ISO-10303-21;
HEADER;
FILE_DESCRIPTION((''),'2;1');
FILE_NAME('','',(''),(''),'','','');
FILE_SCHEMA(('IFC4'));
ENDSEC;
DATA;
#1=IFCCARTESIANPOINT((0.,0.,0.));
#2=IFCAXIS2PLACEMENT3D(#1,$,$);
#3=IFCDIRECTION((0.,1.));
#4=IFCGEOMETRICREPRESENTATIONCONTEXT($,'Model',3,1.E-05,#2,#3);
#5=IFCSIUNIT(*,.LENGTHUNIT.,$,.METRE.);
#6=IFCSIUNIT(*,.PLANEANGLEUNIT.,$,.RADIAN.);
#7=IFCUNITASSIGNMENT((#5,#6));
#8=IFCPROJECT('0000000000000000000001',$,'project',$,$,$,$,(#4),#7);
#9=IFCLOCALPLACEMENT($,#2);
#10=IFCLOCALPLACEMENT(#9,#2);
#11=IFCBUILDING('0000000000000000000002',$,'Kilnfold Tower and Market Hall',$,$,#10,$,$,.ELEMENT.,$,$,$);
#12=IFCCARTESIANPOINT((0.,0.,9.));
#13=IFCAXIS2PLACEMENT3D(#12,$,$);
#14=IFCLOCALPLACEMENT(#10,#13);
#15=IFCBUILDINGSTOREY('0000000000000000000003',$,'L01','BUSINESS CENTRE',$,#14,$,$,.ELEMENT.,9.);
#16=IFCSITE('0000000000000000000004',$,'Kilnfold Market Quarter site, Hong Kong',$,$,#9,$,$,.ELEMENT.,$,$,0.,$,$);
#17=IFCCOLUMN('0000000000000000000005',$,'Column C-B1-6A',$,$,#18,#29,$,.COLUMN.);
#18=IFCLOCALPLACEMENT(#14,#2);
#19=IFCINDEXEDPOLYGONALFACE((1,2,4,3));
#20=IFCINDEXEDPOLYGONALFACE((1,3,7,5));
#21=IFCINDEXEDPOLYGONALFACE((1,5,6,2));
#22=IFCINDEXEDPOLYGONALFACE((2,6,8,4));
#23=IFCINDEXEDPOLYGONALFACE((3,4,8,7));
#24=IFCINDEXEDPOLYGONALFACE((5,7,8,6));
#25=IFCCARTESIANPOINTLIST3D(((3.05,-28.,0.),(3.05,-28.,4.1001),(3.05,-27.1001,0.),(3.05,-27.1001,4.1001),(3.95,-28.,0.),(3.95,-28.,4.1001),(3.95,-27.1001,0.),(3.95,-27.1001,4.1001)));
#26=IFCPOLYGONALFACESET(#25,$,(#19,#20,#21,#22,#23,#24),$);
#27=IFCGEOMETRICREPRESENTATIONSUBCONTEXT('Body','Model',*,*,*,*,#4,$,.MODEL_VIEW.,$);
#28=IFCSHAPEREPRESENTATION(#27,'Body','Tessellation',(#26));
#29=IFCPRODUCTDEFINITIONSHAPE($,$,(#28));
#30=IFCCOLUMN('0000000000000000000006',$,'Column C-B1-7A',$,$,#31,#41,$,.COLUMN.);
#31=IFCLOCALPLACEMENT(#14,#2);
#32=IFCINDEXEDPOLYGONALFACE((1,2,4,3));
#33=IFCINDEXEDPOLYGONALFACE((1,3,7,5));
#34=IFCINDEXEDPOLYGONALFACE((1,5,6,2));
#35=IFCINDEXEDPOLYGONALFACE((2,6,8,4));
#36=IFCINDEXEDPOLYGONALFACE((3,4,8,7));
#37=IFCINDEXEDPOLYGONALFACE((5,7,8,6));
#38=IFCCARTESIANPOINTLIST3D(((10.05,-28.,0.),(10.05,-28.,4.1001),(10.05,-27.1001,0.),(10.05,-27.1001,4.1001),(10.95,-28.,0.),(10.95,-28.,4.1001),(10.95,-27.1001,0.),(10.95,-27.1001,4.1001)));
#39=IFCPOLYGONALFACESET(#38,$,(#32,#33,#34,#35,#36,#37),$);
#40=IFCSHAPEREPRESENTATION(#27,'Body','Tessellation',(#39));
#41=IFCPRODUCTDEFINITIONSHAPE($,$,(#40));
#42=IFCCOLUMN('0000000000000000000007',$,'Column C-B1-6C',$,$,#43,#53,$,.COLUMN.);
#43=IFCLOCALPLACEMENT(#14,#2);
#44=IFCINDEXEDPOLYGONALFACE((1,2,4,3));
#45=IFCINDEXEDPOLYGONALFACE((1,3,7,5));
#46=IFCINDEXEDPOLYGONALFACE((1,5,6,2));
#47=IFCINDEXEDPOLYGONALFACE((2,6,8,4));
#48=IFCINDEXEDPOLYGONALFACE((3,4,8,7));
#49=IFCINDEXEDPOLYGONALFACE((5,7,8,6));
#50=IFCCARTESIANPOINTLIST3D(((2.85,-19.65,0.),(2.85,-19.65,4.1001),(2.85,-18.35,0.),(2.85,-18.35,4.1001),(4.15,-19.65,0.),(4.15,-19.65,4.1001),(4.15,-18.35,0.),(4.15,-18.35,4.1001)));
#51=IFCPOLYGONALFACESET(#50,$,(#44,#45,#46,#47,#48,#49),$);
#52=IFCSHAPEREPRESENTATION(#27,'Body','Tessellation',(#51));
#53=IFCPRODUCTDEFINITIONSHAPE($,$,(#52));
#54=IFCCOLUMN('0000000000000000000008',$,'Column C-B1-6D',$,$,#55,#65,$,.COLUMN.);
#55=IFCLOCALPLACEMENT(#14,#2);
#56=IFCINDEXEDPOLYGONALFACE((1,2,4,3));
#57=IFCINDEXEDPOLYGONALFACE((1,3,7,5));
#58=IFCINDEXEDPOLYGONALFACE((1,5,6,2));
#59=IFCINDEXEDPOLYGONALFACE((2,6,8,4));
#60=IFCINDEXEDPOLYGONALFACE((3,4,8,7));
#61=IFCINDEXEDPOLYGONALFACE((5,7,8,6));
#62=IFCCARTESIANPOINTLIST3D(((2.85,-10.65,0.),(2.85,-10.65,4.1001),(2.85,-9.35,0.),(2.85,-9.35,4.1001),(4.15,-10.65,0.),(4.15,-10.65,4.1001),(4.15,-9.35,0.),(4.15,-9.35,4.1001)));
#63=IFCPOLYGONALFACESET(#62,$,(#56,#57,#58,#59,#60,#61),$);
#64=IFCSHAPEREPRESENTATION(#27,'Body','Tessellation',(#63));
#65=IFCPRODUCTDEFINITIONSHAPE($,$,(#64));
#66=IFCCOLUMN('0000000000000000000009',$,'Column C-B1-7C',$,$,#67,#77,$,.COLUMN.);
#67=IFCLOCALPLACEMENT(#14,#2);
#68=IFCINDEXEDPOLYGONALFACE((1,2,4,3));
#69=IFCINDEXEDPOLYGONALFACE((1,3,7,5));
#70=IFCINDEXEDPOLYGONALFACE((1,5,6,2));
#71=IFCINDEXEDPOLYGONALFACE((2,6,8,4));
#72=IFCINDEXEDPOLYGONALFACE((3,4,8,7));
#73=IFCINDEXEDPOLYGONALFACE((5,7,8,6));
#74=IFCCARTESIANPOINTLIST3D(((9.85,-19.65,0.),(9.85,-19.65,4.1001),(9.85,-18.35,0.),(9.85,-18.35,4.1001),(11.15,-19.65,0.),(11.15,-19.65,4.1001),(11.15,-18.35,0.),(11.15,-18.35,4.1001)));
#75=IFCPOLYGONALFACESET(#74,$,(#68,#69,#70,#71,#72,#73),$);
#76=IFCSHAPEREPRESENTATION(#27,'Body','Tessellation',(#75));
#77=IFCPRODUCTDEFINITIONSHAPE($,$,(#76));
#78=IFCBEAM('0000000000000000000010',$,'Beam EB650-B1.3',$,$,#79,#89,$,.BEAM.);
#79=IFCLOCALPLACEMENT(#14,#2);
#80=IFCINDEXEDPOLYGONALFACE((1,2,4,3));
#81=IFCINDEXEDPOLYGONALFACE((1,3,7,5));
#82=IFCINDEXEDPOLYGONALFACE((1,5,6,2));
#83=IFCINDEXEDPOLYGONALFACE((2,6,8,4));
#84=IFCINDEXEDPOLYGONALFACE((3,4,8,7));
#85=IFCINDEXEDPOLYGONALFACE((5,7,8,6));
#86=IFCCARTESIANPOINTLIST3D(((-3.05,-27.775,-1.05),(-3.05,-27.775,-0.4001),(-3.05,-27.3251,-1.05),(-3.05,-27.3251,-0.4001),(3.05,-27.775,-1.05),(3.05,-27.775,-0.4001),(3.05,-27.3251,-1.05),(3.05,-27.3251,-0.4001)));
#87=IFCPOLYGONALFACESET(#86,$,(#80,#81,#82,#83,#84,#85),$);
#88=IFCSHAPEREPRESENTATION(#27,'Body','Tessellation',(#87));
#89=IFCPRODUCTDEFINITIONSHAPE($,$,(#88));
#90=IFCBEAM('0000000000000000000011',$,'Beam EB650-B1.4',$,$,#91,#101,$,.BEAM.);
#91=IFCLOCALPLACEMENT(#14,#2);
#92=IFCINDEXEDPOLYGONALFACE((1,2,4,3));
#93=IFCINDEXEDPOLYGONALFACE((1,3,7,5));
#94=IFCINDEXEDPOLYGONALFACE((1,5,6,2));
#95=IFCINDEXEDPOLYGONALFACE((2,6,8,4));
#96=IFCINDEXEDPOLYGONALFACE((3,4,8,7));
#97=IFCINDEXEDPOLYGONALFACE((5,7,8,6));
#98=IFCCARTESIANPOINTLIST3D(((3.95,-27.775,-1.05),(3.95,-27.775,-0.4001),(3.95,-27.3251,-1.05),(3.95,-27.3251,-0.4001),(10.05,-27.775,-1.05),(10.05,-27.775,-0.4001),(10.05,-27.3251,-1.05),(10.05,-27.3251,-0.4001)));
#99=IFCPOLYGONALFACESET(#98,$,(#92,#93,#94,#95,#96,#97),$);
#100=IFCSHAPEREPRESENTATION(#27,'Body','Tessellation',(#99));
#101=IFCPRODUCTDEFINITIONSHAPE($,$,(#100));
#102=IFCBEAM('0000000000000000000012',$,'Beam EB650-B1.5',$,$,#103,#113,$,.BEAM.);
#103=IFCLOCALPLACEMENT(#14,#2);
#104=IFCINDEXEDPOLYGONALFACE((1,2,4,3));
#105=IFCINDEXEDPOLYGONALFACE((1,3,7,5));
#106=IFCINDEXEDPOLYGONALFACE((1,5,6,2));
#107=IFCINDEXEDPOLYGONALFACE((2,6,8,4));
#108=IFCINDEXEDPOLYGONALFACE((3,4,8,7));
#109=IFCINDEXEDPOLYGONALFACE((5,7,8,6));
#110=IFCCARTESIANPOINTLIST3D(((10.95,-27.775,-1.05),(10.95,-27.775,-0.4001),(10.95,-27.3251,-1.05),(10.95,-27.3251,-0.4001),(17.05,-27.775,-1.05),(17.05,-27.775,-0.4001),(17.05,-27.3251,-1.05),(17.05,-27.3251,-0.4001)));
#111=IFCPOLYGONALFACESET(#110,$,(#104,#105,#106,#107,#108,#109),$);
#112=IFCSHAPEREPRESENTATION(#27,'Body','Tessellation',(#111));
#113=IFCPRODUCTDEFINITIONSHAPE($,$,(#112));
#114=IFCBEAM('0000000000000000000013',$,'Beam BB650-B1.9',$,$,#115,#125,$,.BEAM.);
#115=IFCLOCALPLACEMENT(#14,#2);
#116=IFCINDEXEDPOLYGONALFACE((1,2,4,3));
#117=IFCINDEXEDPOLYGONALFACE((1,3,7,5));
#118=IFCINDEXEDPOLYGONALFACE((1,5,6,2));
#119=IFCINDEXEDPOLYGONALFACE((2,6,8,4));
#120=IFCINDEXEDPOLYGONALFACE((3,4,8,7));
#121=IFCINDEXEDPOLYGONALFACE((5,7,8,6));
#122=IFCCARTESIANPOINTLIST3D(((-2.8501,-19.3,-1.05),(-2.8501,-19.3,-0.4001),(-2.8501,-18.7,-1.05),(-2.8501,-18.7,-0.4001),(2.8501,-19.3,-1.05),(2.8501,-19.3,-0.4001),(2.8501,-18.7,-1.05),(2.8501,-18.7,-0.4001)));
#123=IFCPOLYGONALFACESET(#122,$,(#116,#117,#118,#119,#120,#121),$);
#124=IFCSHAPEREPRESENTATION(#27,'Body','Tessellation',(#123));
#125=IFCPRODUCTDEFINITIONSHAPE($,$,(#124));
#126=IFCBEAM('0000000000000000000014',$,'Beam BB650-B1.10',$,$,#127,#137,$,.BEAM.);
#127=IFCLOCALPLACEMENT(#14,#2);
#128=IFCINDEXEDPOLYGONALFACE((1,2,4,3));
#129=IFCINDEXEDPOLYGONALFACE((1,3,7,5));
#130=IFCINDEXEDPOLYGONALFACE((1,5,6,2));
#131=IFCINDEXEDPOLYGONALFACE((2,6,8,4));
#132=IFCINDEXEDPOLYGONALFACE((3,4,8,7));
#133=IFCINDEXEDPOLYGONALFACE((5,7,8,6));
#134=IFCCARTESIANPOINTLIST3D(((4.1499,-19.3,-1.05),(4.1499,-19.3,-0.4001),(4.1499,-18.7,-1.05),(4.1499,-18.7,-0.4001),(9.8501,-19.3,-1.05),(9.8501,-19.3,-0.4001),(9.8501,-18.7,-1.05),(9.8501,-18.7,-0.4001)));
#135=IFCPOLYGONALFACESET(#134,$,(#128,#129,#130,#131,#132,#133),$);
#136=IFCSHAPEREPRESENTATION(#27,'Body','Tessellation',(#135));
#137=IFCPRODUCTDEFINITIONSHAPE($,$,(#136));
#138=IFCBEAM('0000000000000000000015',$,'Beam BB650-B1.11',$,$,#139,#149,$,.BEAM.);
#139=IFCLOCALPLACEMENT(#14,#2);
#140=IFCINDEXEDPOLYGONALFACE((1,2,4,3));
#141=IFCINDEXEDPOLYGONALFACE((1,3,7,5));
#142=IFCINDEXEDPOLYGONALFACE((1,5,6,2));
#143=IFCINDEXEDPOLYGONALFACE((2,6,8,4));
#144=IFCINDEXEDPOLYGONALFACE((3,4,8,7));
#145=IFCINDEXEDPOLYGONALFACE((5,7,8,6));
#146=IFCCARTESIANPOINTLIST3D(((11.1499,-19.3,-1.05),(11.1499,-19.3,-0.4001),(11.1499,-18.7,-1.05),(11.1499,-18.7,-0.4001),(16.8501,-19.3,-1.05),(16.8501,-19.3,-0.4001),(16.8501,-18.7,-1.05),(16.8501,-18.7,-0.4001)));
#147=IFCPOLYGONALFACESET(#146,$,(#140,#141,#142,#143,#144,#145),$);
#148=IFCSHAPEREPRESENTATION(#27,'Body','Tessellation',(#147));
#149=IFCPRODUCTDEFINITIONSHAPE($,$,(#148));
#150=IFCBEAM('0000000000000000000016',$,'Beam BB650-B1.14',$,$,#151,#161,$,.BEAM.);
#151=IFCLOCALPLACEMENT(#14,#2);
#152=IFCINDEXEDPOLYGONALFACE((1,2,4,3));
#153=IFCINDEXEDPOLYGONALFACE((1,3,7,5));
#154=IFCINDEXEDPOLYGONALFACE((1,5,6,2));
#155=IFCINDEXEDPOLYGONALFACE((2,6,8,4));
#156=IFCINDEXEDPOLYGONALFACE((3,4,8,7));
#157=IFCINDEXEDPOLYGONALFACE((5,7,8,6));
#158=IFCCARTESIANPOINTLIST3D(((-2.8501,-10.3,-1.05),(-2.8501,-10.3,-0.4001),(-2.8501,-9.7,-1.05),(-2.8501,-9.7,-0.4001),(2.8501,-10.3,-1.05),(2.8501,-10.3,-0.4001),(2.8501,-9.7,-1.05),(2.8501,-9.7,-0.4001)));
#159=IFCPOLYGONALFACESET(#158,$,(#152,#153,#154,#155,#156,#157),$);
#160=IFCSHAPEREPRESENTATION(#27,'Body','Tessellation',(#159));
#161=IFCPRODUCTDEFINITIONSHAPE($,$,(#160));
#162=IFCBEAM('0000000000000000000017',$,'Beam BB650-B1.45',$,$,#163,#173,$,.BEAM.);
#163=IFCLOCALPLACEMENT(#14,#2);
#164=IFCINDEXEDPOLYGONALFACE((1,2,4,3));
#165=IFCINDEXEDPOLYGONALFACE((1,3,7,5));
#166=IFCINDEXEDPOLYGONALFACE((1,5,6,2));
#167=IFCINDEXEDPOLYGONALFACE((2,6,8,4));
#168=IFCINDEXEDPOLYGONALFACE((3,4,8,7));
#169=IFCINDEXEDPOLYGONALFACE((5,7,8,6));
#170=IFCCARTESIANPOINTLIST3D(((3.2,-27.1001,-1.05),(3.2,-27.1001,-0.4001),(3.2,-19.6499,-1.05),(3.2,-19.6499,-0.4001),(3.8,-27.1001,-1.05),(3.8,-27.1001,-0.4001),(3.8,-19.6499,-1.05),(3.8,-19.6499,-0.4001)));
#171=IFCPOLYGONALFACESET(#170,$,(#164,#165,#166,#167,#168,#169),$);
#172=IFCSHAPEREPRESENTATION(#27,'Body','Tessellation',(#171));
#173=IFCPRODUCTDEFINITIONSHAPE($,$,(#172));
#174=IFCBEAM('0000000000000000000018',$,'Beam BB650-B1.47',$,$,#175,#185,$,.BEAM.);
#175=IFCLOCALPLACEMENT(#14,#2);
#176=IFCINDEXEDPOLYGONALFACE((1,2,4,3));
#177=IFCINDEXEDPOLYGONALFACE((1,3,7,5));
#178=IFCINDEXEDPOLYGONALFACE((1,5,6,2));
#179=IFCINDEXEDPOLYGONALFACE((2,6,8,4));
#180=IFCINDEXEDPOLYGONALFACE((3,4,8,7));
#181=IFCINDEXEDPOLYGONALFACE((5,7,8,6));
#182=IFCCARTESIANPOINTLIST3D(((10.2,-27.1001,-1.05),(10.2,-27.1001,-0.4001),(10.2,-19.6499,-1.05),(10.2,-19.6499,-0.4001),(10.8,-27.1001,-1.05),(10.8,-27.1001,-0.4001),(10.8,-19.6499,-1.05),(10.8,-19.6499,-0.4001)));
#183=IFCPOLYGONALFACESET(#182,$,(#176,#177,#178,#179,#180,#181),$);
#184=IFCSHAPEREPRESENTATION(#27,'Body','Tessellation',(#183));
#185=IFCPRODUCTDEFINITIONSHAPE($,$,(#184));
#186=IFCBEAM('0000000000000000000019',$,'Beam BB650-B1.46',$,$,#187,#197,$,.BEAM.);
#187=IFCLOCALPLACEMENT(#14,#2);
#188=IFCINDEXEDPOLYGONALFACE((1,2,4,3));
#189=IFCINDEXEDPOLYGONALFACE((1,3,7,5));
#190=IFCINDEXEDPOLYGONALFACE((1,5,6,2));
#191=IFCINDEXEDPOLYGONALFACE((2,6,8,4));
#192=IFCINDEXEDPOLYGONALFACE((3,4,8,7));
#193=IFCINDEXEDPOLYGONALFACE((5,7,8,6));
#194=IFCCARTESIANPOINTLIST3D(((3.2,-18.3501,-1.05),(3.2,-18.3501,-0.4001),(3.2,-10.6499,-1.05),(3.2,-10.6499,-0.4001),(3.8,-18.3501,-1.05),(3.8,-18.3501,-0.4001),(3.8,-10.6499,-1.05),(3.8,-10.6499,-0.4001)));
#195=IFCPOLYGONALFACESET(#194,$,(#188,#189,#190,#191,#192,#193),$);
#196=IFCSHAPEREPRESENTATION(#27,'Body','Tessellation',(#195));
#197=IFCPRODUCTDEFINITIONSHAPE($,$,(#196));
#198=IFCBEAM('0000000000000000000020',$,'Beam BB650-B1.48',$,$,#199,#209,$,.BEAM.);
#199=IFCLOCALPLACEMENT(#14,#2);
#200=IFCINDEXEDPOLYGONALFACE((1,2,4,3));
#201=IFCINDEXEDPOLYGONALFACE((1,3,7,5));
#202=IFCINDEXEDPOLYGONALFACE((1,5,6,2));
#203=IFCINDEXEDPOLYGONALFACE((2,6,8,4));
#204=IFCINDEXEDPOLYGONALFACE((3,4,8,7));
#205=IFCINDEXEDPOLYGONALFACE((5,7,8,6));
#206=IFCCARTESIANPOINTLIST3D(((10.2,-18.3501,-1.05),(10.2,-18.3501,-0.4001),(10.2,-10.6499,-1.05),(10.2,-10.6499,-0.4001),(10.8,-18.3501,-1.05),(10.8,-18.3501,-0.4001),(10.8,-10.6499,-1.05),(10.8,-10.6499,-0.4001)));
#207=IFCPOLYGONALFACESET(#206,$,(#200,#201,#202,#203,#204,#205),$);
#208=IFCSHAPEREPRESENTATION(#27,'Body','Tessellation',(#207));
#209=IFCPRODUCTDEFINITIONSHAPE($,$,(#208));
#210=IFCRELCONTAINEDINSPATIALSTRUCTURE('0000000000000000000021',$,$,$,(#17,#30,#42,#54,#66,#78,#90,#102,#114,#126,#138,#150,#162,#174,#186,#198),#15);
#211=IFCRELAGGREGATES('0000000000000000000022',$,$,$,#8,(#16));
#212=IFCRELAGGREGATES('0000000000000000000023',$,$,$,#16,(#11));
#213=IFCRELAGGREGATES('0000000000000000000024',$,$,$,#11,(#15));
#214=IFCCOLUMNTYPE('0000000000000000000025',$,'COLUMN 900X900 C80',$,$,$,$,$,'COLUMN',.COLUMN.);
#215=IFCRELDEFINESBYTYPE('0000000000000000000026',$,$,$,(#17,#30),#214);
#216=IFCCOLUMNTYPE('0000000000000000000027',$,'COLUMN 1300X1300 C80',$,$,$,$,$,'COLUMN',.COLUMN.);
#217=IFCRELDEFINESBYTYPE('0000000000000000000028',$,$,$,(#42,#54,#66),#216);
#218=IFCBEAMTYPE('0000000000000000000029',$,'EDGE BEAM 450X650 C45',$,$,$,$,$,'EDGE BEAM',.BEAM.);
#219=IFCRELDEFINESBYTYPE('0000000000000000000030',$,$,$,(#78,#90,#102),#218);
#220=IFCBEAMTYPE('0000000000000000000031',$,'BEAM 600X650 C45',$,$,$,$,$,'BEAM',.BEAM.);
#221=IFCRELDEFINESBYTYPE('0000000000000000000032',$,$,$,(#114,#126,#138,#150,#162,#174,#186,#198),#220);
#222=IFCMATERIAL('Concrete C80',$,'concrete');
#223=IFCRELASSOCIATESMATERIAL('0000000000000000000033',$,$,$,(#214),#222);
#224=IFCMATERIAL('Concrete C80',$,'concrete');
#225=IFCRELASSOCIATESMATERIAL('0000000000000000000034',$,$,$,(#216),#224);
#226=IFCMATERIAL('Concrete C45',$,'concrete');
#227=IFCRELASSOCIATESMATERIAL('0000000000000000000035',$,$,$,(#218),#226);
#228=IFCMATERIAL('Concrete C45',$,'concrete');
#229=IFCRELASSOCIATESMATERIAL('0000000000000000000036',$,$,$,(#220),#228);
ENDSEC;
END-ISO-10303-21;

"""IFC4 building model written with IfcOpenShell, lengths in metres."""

from ifc_helpers import new_model, si_unit, direction, frame, origin, origin_2d, place, context, subcontext, project, spatial, rectangle, extrude, source, transform, mapped, material, material_profile, profile_set, type_object, element, save


model = new_model("IFC4")

# Units and contexts
model_context = context("Model", 3, precision=1e-05, world=origin(), true_north=direction((0.0, 1.0)))
body_context = subcontext(model_context, "Body", "Model", "MODEL_VIEW")
ifc_project = project(units=[si_unit("LENGTHUNIT", "METRE"), si_unit("PLANEANGLEUNIT", "RADIAN")], contexts=[model_context])

# Site, building, storey
site_placement = place(None, origin())
site = spatial("IfcSite", under=ifc_project, at=site_placement, Name="Kilnfold Market Quarter site, Hong Kong", CompositionType="ELEMENT", RefElevation=0.0)
building_placement = place(site_placement, origin())
building = spatial("IfcBuilding", under=site, at=building_placement, Name="Kilnfold Tower and Market Hall", CompositionType="ELEMENT")
storey_placement = place(building_placement, frame((0.0, 0.0, 9.0)))
storey = spatial("IfcBuildingStorey", under=building, at=storey_placement, Name="L01", Description="BUSINESS CENTRE", CompositionType="ELEMENT", Elevation=9.0)

# Columns
ifc_material_1 = material(Name="Concrete C80", Category="concrete")
ifc_material_profile_1 = material_profile(ifc_material_1, rectangle(XDim=0.8999, YDim=0.8999, at=origin_2d()), Name="RC 900x900")
ifc_profile_set_1 = profile_set([ifc_material_profile_1], Name="Concrete C80")
column_type_1 = type_object("IfcColumnType", Name="COLUMN 900X900 C80", ElementType="COLUMN", PredefinedType="COLUMN", material=ifc_profile_set_1)
shared_shape_1 = source(origin(), body_context, "Body", "SweptSolid", [
    extrude(rectangle(XDim=0.8999, YDim=0.8999, at=origin_2d()), origin(), (0.0, 0.0, 1.0), 4.1001),
])
for number, where, z_axis, x_axis, name in (
    (1, (3.5, -27.55, 0.0), (0.0, 0.0, 1.0), (1.0, 0.0, 0.0), "Column C-B1-6A"),
    (2, (10.5, -27.55, 0.0), (0.0, 0.0, 1.0), (1.0, 0.0, 0.0), "Column C-B1-7A"),
):
    element("IfcColumn", number, at=place(storey_placement, frame(where, z_axis=z_axis, x_axis=x_axis)), inside=storey, type_object=column_type_1, Name=name, PredefinedType="COLUMN", context=body_context, shape_type="MappedRepresentation", body=[
        mapped(shared_shape_1, transform((0.0, 0.0, 0.0))),
    ])
ifc_material_2 = material(Name="Concrete C80", Category="concrete")
ifc_material_profile_2 = material_profile(ifc_material_2, rectangle(XDim=1.3, YDim=1.3, at=origin_2d()), Name="RC 1300x1300")
ifc_profile_set_2 = profile_set([ifc_material_profile_2], Name="Concrete C80")
column_type_2 = type_object("IfcColumnType", Name="COLUMN 1300X1300 C80", ElementType="COLUMN", PredefinedType="COLUMN", material=ifc_profile_set_2)
shared_shape_2 = source(origin(), body_context, "Body", "SweptSolid", [
    extrude(rectangle(XDim=1.3, YDim=1.3, at=origin_2d()), origin(), (0.0, 0.0, 1.0), 4.1001),
])
for number, where, z_axis, x_axis, name in (
    (3, (3.5, -19.0, 0.0), (0.0, 0.0, 1.0), (1.0, 0.0, 0.0), "Column C-B1-6C"),
    (4, (3.5, -10.0, 0.0), (0.0, 0.0, 1.0), (1.0, 0.0, 0.0), "Column C-B1-6D"),
    (5, (10.5, -19.0, 0.0), (0.0, 0.0, 1.0), (1.0, 0.0, 0.0), "Column C-B1-7C"),
):
    element("IfcColumn", number, at=place(storey_placement, frame(where, z_axis=z_axis, x_axis=x_axis)), inside=storey, type_object=column_type_2, Name=name, PredefinedType="COLUMN", context=body_context, shape_type="MappedRepresentation", body=[
        mapped(shared_shape_2, transform((0.0, 0.0, 0.0))),
    ])

# Beams
ifc_material_3 = material(Name="Concrete C45", Category="concrete")
ifc_material_profile_3 = material_profile(ifc_material_3, rectangle(XDim=0.45, YDim=0.6499, at=origin_2d()), Name="RC 450x650")
ifc_profile_set_3 = profile_set([ifc_material_profile_3], Name="Concrete C45")
beam_type_1 = type_object("IfcBeamType", Name="EDGE BEAM 450X650 C45", ElementType="EDGE BEAM", PredefinedType="BEAM", material=ifc_profile_set_3)
shared_shape_3 = source(origin(), body_context, "Body", "SweptSolid", [
    extrude(rectangle(XDim=0.45, YDim=0.6499, at=origin_2d()), origin(), (0.0, 0.0, 1.0), 6.1001),
])
for number, where, z_axis, x_axis, name in (
    (6, (-3.05, -27.55, -0.7251), (1.0, 0.0, 0.0), (0.0, 1.0, 0.0), "Beam EB650-B1.3"),
    (7, (3.95, -27.55, -0.7251), (1.0, 0.0, 0.0), (0.0, 1.0, 0.0), "Beam EB650-B1.4"),
    (8, (10.95, -27.55, -0.7251), (1.0, 0.0, 0.0), (0.0, 1.0, 0.0), "Beam EB650-B1.5"),
):
    element("IfcBeam", number, at=place(storey_placement, frame(where, z_axis=z_axis, x_axis=x_axis)), inside=storey, type_object=beam_type_1, Name=name, PredefinedType="BEAM", context=body_context, shape_type="MappedRepresentation", body=[
        mapped(shared_shape_3, transform((0.0, 0.0, 0.0))),
    ])
ifc_material_4 = material(Name="Concrete C45", Category="concrete")
ifc_material_profile_4 = material_profile(ifc_material_4, rectangle(XDim=0.6001, YDim=0.6499, at=origin_2d()), Name="RC 600x650")
ifc_profile_set_4 = profile_set([ifc_material_profile_4], Name="Concrete C45")
beam_type_2 = type_object("IfcBeamType", Name="BEAM 600X650 C45", ElementType="BEAM", PredefinedType="BEAM", material=ifc_profile_set_4)
shared_shape_4 = source(origin(), body_context, "Body", "SweptSolid", [
    extrude(rectangle(XDim=0.6001, YDim=0.6499, at=origin_2d()), origin(), (0.0, 0.0, 1.0), 5.7002),
])
for number, where, z_axis, x_axis, name in (
    (9, (-2.8501, -19.0, -0.7251), (1.0, 0.0, 0.0), (0.0, 1.0, 0.0), "Beam BB650-B1.9"),
    (10, (4.1499, -19.0, -0.7251), (1.0, 0.0, 0.0), (0.0, 1.0, 0.0), "Beam BB650-B1.10"),
    (11, (11.1499, -19.0, -0.7251), (1.0, 0.0, 0.0), (0.0, 1.0, 0.0), "Beam BB650-B1.11"),
    (12, (-2.8501, -10.0, -0.7251), (1.0, 0.0, 0.0), (0.0, 1.0, 0.0), "Beam BB650-B1.14"),
):
    element("IfcBeam", number, at=place(storey_placement, frame(where, z_axis=z_axis, x_axis=x_axis)), inside=storey, type_object=beam_type_2, Name=name, PredefinedType="BEAM", context=body_context, shape_type="MappedRepresentation", body=[
        mapped(shared_shape_4, transform((0.0, 0.0, 0.0))),
    ])
shared_shape_5 = source(origin(), body_context, "Body", "SweptSolid", [
    extrude(rectangle(XDim=0.6001, YDim=0.6499, at=origin_2d()), origin(), (0.0, 0.0, 1.0), 7.4502),
])
for number, where, z_axis, x_axis, name in (
    (13, (3.5, -27.1001, -0.7251), (0.0, 1.0, 0.0), (-1.0, 0.0, 0.0), "Beam BB650-B1.45"),
    (14, (10.5, -27.1001, -0.7251), (0.0, 1.0, 0.0), (-1.0, 0.0, 0.0), "Beam BB650-B1.47"),
):
    element("IfcBeam", number, at=place(storey_placement, frame(where, z_axis=z_axis, x_axis=x_axis)), inside=storey, type_object=beam_type_2, Name=name, PredefinedType="BEAM", context=body_context, shape_type="MappedRepresentation", body=[
        mapped(shared_shape_5, transform((0.0, 0.0, 0.0))),
    ])
shared_shape_6 = source(origin(), body_context, "Body", "SweptSolid", [
    extrude(rectangle(XDim=0.6001, YDim=0.6499, at=origin_2d()), origin(), (0.0, 0.0, 1.0), 7.7002),
])
for number, where, z_axis, x_axis, name in (
    (15, (3.5, -18.3501, -0.7251), (0.0, 1.0, 0.0), (-1.0, 0.0, 0.0), "Beam BB650-B1.46"),
    (16, (10.5, -18.3501, -0.7251), (0.0, 1.0, 0.0), (-1.0, 0.0, 0.0), "Beam BB650-B1.48"),
):
    element("IfcBeam", number, at=place(storey_placement, frame(where, z_axis=z_axis, x_axis=x_axis)), inside=storey, type_object=beam_type_2, Name=name, PredefinedType="BEAM", context=body_context, shape_type="MappedRepresentation", body=[
        mapped(shared_shape_6, transform((0.0, 0.0, 0.0))),
    ])

save(model, "model.ifc")
